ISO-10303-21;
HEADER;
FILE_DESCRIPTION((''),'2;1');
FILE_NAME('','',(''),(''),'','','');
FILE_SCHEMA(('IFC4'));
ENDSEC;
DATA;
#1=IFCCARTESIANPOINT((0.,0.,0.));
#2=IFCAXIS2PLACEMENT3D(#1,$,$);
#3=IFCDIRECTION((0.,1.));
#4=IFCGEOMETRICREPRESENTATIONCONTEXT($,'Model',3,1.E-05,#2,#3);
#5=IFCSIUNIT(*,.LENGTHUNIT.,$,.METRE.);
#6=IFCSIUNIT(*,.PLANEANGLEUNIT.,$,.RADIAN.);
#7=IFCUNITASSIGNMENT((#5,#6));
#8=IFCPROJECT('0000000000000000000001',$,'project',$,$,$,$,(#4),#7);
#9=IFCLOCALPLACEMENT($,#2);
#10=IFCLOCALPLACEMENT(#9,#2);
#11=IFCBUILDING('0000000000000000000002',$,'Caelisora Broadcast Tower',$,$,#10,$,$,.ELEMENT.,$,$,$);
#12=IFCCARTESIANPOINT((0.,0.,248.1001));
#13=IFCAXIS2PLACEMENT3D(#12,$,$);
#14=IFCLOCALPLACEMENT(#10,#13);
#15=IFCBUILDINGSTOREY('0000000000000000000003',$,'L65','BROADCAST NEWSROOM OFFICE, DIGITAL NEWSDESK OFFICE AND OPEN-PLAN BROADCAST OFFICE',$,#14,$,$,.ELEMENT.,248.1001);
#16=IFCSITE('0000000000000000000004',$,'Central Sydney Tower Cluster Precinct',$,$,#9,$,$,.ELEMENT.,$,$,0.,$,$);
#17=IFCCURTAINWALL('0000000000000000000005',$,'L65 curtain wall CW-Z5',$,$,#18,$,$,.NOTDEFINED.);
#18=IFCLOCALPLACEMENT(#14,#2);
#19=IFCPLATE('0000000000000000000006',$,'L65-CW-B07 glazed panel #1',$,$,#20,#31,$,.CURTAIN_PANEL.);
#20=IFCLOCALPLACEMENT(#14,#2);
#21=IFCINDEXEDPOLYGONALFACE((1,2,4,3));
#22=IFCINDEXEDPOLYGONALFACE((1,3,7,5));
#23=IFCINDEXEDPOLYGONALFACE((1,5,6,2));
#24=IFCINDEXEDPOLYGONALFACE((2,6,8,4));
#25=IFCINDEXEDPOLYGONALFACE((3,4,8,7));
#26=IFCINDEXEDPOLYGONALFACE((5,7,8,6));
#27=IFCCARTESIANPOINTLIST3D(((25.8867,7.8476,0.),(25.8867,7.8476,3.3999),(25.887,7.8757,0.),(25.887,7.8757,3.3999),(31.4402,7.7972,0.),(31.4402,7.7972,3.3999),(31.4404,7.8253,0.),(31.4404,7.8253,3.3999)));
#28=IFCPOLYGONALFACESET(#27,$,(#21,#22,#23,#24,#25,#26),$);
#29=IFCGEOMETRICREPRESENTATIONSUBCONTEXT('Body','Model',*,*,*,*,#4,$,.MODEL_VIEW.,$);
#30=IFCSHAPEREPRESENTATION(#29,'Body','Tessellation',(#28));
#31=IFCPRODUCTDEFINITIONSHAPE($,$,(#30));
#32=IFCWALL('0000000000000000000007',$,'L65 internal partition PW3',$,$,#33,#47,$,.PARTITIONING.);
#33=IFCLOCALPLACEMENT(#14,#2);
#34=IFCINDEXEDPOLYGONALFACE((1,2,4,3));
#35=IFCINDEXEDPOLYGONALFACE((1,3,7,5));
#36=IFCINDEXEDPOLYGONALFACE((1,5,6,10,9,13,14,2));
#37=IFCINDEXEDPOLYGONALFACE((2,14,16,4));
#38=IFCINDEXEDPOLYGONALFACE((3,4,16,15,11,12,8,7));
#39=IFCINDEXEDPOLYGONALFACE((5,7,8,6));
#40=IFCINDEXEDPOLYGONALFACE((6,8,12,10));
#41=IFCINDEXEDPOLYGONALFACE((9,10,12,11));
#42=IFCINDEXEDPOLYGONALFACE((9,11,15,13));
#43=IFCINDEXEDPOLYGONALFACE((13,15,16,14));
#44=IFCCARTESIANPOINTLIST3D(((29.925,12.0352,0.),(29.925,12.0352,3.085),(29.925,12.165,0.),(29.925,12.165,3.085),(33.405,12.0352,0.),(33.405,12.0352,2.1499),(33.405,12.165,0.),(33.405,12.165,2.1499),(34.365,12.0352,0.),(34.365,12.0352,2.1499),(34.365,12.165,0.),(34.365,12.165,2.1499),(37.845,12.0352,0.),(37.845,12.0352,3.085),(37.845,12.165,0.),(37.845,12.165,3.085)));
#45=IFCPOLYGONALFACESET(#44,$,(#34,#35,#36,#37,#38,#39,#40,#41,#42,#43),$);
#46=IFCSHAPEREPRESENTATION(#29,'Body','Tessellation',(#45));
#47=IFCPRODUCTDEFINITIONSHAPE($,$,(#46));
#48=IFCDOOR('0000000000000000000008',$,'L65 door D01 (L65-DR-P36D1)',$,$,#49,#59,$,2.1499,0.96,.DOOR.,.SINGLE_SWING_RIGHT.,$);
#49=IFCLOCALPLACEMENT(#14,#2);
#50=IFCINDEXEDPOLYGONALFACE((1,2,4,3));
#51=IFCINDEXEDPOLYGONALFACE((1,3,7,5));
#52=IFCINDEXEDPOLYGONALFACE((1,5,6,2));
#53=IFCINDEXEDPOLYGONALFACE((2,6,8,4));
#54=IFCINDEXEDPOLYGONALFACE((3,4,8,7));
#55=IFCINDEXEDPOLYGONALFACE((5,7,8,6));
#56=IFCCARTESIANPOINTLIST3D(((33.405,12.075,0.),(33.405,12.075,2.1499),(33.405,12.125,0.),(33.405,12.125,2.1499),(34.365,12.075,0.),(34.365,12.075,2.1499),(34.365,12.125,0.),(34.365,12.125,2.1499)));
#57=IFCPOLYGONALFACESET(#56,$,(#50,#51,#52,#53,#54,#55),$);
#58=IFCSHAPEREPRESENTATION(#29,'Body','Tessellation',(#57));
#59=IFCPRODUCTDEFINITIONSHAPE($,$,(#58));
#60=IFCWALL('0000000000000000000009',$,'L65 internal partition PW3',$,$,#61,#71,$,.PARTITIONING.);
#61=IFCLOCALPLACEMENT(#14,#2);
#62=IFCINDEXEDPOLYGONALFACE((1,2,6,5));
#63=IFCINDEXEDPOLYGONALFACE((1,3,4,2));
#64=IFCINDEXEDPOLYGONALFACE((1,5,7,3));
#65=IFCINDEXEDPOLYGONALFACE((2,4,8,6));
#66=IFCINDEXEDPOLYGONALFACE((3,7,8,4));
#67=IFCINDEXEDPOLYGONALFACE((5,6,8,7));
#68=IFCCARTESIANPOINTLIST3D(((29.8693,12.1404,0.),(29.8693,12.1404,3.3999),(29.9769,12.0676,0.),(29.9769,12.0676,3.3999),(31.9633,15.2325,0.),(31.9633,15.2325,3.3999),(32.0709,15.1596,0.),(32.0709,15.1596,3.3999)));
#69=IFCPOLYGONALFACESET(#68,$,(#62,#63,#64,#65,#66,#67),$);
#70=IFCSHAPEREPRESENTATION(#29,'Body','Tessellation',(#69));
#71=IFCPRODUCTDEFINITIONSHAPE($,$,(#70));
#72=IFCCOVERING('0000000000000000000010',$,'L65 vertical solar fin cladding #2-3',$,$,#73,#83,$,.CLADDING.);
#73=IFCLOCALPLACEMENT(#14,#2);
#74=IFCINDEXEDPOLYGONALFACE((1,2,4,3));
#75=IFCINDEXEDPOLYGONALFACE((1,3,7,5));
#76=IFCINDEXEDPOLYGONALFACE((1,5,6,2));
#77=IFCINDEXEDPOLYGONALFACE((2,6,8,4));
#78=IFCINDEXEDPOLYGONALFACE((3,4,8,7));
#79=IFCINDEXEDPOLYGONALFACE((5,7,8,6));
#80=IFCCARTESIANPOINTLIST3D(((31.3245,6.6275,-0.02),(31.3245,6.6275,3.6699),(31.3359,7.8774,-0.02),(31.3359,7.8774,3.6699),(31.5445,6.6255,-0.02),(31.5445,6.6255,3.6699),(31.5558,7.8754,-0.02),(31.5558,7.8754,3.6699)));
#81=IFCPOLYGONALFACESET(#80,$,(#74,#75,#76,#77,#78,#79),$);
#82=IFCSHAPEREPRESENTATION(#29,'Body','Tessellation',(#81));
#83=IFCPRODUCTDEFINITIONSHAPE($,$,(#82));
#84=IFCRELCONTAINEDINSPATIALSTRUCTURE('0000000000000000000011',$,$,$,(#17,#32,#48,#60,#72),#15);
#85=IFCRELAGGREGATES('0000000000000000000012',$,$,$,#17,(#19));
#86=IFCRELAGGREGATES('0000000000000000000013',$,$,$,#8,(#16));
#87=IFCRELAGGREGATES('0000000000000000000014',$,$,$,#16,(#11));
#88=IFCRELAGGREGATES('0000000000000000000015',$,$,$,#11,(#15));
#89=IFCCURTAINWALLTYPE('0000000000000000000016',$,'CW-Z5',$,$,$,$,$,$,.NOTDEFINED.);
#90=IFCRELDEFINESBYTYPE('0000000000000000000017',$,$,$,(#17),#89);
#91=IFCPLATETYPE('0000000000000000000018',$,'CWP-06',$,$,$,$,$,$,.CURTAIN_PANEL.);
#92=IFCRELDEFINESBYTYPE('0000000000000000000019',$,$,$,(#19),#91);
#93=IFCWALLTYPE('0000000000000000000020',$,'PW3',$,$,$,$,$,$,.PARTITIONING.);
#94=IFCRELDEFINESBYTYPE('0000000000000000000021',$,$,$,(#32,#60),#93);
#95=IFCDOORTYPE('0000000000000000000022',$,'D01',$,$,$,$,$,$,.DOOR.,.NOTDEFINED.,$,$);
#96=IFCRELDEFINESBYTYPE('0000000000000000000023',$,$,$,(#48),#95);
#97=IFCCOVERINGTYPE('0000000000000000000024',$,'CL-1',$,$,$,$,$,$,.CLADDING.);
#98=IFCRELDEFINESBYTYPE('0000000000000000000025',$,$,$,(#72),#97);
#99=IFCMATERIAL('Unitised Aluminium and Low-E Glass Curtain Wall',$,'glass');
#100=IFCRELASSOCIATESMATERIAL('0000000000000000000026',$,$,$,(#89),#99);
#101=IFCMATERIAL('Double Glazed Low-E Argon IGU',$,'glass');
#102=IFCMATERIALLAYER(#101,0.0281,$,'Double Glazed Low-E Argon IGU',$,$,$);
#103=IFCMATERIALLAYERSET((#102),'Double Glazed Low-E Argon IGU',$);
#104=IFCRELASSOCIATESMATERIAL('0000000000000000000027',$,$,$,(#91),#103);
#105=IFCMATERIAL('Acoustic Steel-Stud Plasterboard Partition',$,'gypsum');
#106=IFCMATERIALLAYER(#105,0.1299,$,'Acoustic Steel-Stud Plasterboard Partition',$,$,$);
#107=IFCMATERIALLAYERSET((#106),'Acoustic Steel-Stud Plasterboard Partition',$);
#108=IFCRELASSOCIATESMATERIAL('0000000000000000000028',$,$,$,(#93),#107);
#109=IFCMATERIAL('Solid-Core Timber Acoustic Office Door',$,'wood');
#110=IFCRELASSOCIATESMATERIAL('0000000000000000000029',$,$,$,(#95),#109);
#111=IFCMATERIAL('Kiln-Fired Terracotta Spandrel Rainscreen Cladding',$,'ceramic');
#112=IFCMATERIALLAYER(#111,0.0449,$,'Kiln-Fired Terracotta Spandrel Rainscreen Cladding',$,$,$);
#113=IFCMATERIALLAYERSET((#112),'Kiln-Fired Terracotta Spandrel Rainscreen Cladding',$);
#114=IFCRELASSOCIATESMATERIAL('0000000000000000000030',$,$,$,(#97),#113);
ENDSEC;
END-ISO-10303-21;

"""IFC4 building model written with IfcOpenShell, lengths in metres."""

from ifc_helpers import new_model, si_unit, direction, frame, frame_2d, origin, origin_2d, place, context, subcontext, project, spatial, rectangle, extrude, source, transform, mapped, material, layer, layer_set, type_object, type_shapes, element, fill, aggregate, save


model = new_model("IFC4")

# Units and contexts
model_context = context("Model", 3, precision=1e-05, world=origin(), true_north=direction((0.0, 1.0)))
body_context = subcontext(model_context, "Body", "Model", "MODEL_VIEW")
ifc_project = project(units=[si_unit("LENGTHUNIT", "METRE"), si_unit("PLANEANGLEUNIT", "RADIAN")], contexts=[model_context])

# Site, building, storey
site_placement = place(None, origin())
site = spatial("IfcSite", under=ifc_project, at=site_placement, Name="Central Sydney Tower Cluster Precinct", CompositionType="ELEMENT", RefElevation=0.0)
building_placement = place(site_placement, origin())
building = spatial("IfcBuilding", under=site, at=building_placement, Name="Caelisora Broadcast Tower", CompositionType="ELEMENT")
storey_placement = place(building_placement, frame((0.0, 0.0, 248.1001)))
storey = spatial("IfcBuildingStorey", under=building, at=storey_placement, Name="L65", Description="BROADCAST NEWSROOM OFFICE, DIGITAL NEWSDESK OFFICE AND OPEN-PLAN BROADCAST OFFICE", CompositionType="ELEMENT", Elevation=248.1001)

# Curtain wall
ifc_material_1 = material(Name="Unitised Aluminium and Low-E Glass Curtain Wall", Category="glass")
curtain_wall_type_1 = type_object("IfcCurtainWallType", Name="CW-Z5", PredefinedType="NOTDEFINED", material=ifc_material_1)
curtain_wall_1_placement = place(storey_placement, origin())
curtain_wall_1 = element("IfcCurtainWall", 1, at=curtain_wall_1_placement, inside=storey, type_object=curtain_wall_type_1, Name="L65 curtain wall CW-Z5", PredefinedType="NOTDEFINED")

# Plate
ifc_material_2 = material(Name="Double Glazed Low-E Argon IGU", Category="glass")
ifc_layer_1 = layer(ifc_material_2, 0.0281, Name="Double Glazed Low-E Argon IGU")
ifc_layer_set_1 = layer_set([ifc_layer_1], Name="Double Glazed Low-E Argon IGU")
plate_type_1 = type_object("IfcPlateType", Name="CWP-06", PredefinedType="CURTAIN_PANEL", material=ifc_layer_set_1)
shared_shape_1 = source(origin(), body_context, "Body", "SweptSolid", [
    extrude(rectangle(XDim=5.5537, YDim=0.0281, at=origin_2d()), origin(), (0.0, 0.0, 1.0), 3.3999),
])
type_shapes(plate_type_1, [shared_shape_1])
plate_1_placement = place(storey_placement, frame((28.6636, 7.8364, 0.0), z_axis=(0.0, 0.0, 1.0), x_axis=(-0.999959, 0.009076, 0.0)))
plate_1 = element("IfcPlate", 2, at=plate_1_placement, type_object=plate_type_1, Name="L65-CW-B07 glazed panel #1", PredefinedType="CURTAIN_PANEL", context=body_context, shape_type="MappedRepresentation", body=[
    mapped(shared_shape_1, transform((0.0, 0.0, 0.0), scale=1.0)),
])
aggregate(curtain_wall_1, [plate_1])

# Wall, opening, door
ifc_material_3 = material(Name="Acoustic Steel-Stud Plasterboard Partition", Category="gypsum")
ifc_layer_2 = layer(ifc_material_3, 0.1299, Name="Acoustic Steel-Stud Plasterboard Partition")
ifc_layer_set_2 = layer_set([ifc_layer_2], Name="Acoustic Steel-Stud Plasterboard Partition")
wall_type = type_object("IfcWallType", Name="PW3", PredefinedType="PARTITIONING", material=ifc_layer_set_2)
wall_1_placement = place(storey_placement, frame((29.925, 12.1001, 0.0), z_axis=(0.0, 0.0, 1.0), x_axis=(1.0, 0.0, 0.0)))
wall_1 = element("IfcWall", 3, at=wall_1_placement, inside=storey, type_object=wall_type, Name="L65 internal partition PW3", PredefinedType="PARTITIONING", context=body_context, shape_type="SweptSolid", body=[
    extrude(rectangle(XDim=7.9199, YDim=0.1299, at=frame_2d((3.96, 0.0))), origin(), (0.0, 0.0, 1.0), 3.085),
])
opening_placement = place(wall_1_placement, frame((3.48, 0.0, 0.0)))
opening = element("IfcOpeningElement", 4, at=opening_placement, cuts=wall_1, PredefinedType="OPENING", context=body_context, shape_type="SweptSolid", body=[
    extrude(rectangle(XDim=0.96, YDim=2.1499, at=frame_2d((0.48, 1.075))), frame((0.0, 0.0769, 0.0), z_axis=(0.0, -1.0, 0.0), x_axis=(1.0, 0.0, 0.0)), (0.0, 0.0, 1.0), 0.1538),
])
ifc_material_4 = material(Name="Solid-Core Timber Acoustic Office Door", Category="wood")
door_type = type_object("IfcDoorType", Name="D01", OperationType="NOTDEFINED", PredefinedType="DOOR", material=ifc_material_4)
door_placement = place(opening_placement, origin())
door = element("IfcDoor", 5, at=door_placement, inside=storey, type_object=door_type, Name="L65 door D01 (L65-DR-P36D1)", OperationType="SINGLE_SWING_RIGHT", OverallHeight=2.1499, OverallWidth=0.96, PredefinedType="DOOR", context=body_context, shape_type="SweptSolid", body=[
    extrude(rectangle(XDim=0.96, YDim=2.1499, at=frame_2d((0.48, 1.075))), frame((0.0, 0.0249, 0.0), z_axis=(0.0, -1.0, 0.0), x_axis=(1.0, 0.0, 0.0)), (0.0, 0.0, 1.0), 0.05),
])
fill(opening, door)

# Wall
wall_2_placement = place(storey_placement, frame((29.9231, 12.104, 0.0), z_axis=(0.0, 0.0, 1.0), x_axis=(0.560735, 0.827995, 0.0)))
element("IfcWall", 6, at=wall_2_placement, inside=storey, type_object=wall_type, Name="L65 internal partition PW3", PredefinedType="PARTITIONING", context=body_context, shape_type="SweptSolid", body=[
    extrude(rectangle(XDim=3.7344, YDim=0.1299, at=frame_2d((1.8672, 0.0))), origin(), (0.0, 0.0, 1.0), 3.3999),
])

# Covering
ifc_material_5 = material(Name="Kiln-Fired Terracotta Spandrel Rainscreen Cladding", Category="ceramic")
ifc_layer_3 = layer(ifc_material_5, 0.0449, Name="Kiln-Fired Terracotta Spandrel Rainscreen Cladding")
ifc_layer_set_3 = layer_set([ifc_layer_3], Name="Kiln-Fired Terracotta Spandrel Rainscreen Cladding")
covering_type = type_object("IfcCoveringType", Name="CL-1", PredefinedType="CLADDING", material=ifc_layer_set_3)
shared_shape_2 = source(origin(), body_context, "Body", "SweptSolid", [
    extrude(rectangle(XDim=0.22, YDim=1.25, at=origin_2d()), origin(), (0.0, 0.0, 1.0), 3.6899),
])
type_shapes(covering_type, [shared_shape_2])
covering_placement = place(storey_placement, frame((31.4402, 7.2515, -0.02), z_axis=(0.0, 0.0, 1.0), x_axis=(-0.999959, 0.009076, 0.0)))
element("IfcCovering", 7, at=covering_placement, inside=storey, type_object=covering_type, Name="L65 vertical solar fin cladding #2-3", PredefinedType="CLADDING", context=body_context, shape_type="MappedRepresentation", body=[
    mapped(shared_shape_2, transform((0.0, 0.0, 0.0), scale=1.0)),
])

save(model, "model.ifc")
